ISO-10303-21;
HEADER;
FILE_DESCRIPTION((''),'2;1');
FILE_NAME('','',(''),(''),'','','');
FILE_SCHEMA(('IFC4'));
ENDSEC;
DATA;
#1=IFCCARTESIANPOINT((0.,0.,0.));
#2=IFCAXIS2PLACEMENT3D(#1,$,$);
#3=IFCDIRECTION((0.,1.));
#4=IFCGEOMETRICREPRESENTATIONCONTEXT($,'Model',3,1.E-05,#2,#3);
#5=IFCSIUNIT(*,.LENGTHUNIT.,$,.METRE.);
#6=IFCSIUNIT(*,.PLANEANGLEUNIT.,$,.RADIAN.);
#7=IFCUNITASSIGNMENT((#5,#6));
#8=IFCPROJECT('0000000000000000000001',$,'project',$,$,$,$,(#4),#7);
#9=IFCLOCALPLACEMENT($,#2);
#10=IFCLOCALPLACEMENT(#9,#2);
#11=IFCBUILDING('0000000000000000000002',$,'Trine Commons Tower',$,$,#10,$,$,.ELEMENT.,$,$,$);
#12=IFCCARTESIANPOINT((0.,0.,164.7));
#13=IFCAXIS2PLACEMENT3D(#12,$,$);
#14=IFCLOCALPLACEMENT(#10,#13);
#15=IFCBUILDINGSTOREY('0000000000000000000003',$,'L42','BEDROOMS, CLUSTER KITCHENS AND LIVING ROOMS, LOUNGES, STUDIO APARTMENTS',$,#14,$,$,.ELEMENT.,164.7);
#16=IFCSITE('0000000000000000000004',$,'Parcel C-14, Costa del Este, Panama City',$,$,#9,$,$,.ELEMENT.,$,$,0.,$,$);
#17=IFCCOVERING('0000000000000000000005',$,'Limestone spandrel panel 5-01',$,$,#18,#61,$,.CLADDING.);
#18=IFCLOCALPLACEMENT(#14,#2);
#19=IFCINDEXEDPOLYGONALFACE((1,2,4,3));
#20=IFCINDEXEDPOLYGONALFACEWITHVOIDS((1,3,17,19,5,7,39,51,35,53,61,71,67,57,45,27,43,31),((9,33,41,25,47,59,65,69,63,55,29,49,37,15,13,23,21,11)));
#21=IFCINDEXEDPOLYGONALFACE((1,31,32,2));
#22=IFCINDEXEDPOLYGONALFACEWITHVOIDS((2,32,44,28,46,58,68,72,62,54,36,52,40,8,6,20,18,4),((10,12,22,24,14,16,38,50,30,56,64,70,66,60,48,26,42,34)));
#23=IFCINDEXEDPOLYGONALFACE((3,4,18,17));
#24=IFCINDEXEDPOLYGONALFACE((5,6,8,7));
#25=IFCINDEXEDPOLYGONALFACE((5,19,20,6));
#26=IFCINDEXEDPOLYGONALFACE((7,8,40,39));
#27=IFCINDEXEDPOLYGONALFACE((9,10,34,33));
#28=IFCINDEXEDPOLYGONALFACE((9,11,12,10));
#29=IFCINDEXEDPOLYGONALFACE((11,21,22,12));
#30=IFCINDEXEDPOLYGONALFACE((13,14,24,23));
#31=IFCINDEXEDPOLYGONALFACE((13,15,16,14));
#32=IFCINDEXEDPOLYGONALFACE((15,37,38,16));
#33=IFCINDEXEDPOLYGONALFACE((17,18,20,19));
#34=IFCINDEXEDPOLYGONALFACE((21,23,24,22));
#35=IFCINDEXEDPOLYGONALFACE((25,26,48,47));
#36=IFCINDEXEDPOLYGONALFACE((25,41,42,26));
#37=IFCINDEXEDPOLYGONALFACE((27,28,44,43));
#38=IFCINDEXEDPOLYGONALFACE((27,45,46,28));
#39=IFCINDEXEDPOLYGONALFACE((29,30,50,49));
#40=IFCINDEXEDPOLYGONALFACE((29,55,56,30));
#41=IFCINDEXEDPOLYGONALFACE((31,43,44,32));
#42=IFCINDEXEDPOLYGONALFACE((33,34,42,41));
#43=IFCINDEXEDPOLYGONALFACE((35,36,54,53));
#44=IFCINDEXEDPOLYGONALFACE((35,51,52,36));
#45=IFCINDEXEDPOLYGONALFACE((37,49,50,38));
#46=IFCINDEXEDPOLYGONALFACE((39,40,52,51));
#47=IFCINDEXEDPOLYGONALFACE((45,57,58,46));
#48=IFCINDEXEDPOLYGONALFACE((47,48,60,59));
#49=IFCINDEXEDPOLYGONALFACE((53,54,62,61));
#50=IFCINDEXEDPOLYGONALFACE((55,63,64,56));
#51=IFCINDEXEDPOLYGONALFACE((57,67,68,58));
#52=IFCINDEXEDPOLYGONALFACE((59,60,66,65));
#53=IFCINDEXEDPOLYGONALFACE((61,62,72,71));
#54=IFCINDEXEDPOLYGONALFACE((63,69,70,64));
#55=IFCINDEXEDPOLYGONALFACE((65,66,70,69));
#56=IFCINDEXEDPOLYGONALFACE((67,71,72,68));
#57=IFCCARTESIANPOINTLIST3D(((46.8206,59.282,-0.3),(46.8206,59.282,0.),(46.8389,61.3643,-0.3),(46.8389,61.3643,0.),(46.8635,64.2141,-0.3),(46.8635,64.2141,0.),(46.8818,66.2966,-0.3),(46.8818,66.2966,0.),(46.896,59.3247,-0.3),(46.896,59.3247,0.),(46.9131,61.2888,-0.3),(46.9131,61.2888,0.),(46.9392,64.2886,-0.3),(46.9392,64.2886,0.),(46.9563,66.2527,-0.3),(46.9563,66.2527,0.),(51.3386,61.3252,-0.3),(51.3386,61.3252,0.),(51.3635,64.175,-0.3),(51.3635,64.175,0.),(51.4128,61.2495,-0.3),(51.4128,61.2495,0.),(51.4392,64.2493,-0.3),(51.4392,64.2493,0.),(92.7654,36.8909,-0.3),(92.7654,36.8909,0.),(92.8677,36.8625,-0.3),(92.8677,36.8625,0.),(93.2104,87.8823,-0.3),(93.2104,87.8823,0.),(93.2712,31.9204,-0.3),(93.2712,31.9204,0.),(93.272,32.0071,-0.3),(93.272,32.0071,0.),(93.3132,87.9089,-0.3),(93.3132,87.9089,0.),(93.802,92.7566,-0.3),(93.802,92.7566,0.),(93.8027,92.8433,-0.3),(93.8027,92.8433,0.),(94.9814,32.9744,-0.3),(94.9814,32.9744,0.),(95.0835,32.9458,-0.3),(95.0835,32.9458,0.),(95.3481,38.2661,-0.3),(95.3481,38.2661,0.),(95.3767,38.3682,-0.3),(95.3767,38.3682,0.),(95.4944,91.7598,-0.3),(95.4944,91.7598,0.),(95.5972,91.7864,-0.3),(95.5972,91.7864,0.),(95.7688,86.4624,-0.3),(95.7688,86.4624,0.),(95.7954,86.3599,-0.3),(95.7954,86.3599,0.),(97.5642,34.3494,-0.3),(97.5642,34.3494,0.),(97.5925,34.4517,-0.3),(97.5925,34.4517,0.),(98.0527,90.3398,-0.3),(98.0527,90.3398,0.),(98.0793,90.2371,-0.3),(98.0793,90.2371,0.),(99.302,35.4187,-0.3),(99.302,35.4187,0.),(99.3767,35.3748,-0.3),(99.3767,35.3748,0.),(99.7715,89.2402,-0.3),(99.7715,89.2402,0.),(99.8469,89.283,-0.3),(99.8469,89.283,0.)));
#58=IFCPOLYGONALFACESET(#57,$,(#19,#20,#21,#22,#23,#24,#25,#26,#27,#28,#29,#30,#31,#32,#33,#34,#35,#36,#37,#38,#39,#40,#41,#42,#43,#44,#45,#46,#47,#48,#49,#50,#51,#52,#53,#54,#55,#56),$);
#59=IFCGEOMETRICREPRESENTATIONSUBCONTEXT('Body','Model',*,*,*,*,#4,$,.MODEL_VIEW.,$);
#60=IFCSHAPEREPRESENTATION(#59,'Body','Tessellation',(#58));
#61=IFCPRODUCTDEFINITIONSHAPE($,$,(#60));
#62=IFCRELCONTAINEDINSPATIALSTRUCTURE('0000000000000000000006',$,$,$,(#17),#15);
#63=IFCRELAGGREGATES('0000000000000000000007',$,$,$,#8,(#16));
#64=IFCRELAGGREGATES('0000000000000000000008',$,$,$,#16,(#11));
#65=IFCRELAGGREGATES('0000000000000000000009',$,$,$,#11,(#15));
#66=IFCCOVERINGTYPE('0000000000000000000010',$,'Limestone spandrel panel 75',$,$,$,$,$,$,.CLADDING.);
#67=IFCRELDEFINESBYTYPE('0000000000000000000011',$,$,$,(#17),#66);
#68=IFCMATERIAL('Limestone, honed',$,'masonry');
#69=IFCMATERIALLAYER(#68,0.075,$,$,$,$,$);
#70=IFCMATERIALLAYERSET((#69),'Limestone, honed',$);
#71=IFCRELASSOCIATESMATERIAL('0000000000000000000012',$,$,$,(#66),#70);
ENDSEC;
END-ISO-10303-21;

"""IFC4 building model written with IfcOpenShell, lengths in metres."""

from ifc_helpers import new_model, si_unit, direction, frame, origin, place, context, subcontext, project, spatial, polyline, outline, extrude, material, layer, layer_set, type_object, element, save


model = new_model("IFC4")

# Units and contexts
model_context = context("Model", 3, precision=1e-05, world=origin(), true_north=direction((0.0, 1.0)))
body_context = subcontext(model_context, "Body", "Model", "MODEL_VIEW")
ifc_project = project(units=[si_unit("LENGTHUNIT", "METRE"), si_unit("PLANEANGLEUNIT", "RADIAN")], contexts=[model_context])

# Site, building, storey
site_placement = place(None, origin())
site = spatial("IfcSite", under=ifc_project, at=site_placement, Name="Parcel C-14, Costa del Este, Panama City", CompositionType="ELEMENT", RefElevation=0.0)
building_placement = place(site_placement, origin())
building = spatial("IfcBuilding", under=site, at=building_placement, Name="Trine Commons Tower", CompositionType="ELEMENT")
storey_placement = place(building_placement, frame((0.0, 0.0, 164.7)))
storey = spatial("IfcBuildingStorey", under=building, at=storey_placement, Name="L42", Description="BEDROOMS, CLUSTER KITCHENS AND LIVING ROOMS, LOUNGES, STUDIO APARTMENTS", CompositionType="ELEMENT", Elevation=164.7)

# Covering
ifc_material_1 = material(Name="Limestone, honed", Category="masonry")
ifc_layer_1 = layer(ifc_material_1, 0.075)
ifc_layer_set_1 = layer_set([ifc_layer_1], Name="Limestone, honed")
covering_type_1 = type_object("IfcCoveringType", Name="Limestone spandrel panel 75", PredefinedType="CLADDING", material=ifc_layer_set_1)
covering_1_placement = place(storey_placement, frame((0.0, 0.0, -0.3)))
element("IfcCovering", 1, at=covering_1_placement, inside=storey, type_object=covering_type_1, Name="Limestone spandrel panel 5-01", PredefinedType="CLADDING", context=body_context, shape_type="SweptSolid", body=[
    extrude(outline(polyline([(95.3481, 38.2661), (97.5642, 34.3494), (99.3767, 35.3748), (99.8469, 89.283), (98.0527, 90.3398), (95.7688, 86.4624), (93.3132, 87.9089), (95.5972, 91.7864), (93.8027, 92.8433), (46.8818, 66.2966), (46.8635, 64.2141), (51.3635, 64.175), (51.3386, 61.3252), (46.8389, 61.3643), (46.8206, 59.282), (93.2712, 31.9204), (95.0835, 32.9458), (92.8677, 36.8625), (95.3481, 38.2661)]), holes=[polyline([(98.0793, 90.2371), (99.7715, 89.2402), (99.302, 35.4187), (97.5925, 34.4517), (95.3767, 38.3682), (92.7654, 36.8909), (94.9814, 32.9744), (93.272, 32.0071), (46.896, 59.3247), (46.9131, 61.2888), (51.4128, 61.2495), (51.4392, 64.2493), (46.9392, 64.2886), (46.9563, 66.2527), (93.802, 92.7566), (95.4944, 91.7598), (93.2104, 87.8823), (95.7954, 86.3599), (98.0793, 90.2371)])]), origin(), (0.0, 0.0, 1.0), 0.3),
])

save(model, "model.ifc")
